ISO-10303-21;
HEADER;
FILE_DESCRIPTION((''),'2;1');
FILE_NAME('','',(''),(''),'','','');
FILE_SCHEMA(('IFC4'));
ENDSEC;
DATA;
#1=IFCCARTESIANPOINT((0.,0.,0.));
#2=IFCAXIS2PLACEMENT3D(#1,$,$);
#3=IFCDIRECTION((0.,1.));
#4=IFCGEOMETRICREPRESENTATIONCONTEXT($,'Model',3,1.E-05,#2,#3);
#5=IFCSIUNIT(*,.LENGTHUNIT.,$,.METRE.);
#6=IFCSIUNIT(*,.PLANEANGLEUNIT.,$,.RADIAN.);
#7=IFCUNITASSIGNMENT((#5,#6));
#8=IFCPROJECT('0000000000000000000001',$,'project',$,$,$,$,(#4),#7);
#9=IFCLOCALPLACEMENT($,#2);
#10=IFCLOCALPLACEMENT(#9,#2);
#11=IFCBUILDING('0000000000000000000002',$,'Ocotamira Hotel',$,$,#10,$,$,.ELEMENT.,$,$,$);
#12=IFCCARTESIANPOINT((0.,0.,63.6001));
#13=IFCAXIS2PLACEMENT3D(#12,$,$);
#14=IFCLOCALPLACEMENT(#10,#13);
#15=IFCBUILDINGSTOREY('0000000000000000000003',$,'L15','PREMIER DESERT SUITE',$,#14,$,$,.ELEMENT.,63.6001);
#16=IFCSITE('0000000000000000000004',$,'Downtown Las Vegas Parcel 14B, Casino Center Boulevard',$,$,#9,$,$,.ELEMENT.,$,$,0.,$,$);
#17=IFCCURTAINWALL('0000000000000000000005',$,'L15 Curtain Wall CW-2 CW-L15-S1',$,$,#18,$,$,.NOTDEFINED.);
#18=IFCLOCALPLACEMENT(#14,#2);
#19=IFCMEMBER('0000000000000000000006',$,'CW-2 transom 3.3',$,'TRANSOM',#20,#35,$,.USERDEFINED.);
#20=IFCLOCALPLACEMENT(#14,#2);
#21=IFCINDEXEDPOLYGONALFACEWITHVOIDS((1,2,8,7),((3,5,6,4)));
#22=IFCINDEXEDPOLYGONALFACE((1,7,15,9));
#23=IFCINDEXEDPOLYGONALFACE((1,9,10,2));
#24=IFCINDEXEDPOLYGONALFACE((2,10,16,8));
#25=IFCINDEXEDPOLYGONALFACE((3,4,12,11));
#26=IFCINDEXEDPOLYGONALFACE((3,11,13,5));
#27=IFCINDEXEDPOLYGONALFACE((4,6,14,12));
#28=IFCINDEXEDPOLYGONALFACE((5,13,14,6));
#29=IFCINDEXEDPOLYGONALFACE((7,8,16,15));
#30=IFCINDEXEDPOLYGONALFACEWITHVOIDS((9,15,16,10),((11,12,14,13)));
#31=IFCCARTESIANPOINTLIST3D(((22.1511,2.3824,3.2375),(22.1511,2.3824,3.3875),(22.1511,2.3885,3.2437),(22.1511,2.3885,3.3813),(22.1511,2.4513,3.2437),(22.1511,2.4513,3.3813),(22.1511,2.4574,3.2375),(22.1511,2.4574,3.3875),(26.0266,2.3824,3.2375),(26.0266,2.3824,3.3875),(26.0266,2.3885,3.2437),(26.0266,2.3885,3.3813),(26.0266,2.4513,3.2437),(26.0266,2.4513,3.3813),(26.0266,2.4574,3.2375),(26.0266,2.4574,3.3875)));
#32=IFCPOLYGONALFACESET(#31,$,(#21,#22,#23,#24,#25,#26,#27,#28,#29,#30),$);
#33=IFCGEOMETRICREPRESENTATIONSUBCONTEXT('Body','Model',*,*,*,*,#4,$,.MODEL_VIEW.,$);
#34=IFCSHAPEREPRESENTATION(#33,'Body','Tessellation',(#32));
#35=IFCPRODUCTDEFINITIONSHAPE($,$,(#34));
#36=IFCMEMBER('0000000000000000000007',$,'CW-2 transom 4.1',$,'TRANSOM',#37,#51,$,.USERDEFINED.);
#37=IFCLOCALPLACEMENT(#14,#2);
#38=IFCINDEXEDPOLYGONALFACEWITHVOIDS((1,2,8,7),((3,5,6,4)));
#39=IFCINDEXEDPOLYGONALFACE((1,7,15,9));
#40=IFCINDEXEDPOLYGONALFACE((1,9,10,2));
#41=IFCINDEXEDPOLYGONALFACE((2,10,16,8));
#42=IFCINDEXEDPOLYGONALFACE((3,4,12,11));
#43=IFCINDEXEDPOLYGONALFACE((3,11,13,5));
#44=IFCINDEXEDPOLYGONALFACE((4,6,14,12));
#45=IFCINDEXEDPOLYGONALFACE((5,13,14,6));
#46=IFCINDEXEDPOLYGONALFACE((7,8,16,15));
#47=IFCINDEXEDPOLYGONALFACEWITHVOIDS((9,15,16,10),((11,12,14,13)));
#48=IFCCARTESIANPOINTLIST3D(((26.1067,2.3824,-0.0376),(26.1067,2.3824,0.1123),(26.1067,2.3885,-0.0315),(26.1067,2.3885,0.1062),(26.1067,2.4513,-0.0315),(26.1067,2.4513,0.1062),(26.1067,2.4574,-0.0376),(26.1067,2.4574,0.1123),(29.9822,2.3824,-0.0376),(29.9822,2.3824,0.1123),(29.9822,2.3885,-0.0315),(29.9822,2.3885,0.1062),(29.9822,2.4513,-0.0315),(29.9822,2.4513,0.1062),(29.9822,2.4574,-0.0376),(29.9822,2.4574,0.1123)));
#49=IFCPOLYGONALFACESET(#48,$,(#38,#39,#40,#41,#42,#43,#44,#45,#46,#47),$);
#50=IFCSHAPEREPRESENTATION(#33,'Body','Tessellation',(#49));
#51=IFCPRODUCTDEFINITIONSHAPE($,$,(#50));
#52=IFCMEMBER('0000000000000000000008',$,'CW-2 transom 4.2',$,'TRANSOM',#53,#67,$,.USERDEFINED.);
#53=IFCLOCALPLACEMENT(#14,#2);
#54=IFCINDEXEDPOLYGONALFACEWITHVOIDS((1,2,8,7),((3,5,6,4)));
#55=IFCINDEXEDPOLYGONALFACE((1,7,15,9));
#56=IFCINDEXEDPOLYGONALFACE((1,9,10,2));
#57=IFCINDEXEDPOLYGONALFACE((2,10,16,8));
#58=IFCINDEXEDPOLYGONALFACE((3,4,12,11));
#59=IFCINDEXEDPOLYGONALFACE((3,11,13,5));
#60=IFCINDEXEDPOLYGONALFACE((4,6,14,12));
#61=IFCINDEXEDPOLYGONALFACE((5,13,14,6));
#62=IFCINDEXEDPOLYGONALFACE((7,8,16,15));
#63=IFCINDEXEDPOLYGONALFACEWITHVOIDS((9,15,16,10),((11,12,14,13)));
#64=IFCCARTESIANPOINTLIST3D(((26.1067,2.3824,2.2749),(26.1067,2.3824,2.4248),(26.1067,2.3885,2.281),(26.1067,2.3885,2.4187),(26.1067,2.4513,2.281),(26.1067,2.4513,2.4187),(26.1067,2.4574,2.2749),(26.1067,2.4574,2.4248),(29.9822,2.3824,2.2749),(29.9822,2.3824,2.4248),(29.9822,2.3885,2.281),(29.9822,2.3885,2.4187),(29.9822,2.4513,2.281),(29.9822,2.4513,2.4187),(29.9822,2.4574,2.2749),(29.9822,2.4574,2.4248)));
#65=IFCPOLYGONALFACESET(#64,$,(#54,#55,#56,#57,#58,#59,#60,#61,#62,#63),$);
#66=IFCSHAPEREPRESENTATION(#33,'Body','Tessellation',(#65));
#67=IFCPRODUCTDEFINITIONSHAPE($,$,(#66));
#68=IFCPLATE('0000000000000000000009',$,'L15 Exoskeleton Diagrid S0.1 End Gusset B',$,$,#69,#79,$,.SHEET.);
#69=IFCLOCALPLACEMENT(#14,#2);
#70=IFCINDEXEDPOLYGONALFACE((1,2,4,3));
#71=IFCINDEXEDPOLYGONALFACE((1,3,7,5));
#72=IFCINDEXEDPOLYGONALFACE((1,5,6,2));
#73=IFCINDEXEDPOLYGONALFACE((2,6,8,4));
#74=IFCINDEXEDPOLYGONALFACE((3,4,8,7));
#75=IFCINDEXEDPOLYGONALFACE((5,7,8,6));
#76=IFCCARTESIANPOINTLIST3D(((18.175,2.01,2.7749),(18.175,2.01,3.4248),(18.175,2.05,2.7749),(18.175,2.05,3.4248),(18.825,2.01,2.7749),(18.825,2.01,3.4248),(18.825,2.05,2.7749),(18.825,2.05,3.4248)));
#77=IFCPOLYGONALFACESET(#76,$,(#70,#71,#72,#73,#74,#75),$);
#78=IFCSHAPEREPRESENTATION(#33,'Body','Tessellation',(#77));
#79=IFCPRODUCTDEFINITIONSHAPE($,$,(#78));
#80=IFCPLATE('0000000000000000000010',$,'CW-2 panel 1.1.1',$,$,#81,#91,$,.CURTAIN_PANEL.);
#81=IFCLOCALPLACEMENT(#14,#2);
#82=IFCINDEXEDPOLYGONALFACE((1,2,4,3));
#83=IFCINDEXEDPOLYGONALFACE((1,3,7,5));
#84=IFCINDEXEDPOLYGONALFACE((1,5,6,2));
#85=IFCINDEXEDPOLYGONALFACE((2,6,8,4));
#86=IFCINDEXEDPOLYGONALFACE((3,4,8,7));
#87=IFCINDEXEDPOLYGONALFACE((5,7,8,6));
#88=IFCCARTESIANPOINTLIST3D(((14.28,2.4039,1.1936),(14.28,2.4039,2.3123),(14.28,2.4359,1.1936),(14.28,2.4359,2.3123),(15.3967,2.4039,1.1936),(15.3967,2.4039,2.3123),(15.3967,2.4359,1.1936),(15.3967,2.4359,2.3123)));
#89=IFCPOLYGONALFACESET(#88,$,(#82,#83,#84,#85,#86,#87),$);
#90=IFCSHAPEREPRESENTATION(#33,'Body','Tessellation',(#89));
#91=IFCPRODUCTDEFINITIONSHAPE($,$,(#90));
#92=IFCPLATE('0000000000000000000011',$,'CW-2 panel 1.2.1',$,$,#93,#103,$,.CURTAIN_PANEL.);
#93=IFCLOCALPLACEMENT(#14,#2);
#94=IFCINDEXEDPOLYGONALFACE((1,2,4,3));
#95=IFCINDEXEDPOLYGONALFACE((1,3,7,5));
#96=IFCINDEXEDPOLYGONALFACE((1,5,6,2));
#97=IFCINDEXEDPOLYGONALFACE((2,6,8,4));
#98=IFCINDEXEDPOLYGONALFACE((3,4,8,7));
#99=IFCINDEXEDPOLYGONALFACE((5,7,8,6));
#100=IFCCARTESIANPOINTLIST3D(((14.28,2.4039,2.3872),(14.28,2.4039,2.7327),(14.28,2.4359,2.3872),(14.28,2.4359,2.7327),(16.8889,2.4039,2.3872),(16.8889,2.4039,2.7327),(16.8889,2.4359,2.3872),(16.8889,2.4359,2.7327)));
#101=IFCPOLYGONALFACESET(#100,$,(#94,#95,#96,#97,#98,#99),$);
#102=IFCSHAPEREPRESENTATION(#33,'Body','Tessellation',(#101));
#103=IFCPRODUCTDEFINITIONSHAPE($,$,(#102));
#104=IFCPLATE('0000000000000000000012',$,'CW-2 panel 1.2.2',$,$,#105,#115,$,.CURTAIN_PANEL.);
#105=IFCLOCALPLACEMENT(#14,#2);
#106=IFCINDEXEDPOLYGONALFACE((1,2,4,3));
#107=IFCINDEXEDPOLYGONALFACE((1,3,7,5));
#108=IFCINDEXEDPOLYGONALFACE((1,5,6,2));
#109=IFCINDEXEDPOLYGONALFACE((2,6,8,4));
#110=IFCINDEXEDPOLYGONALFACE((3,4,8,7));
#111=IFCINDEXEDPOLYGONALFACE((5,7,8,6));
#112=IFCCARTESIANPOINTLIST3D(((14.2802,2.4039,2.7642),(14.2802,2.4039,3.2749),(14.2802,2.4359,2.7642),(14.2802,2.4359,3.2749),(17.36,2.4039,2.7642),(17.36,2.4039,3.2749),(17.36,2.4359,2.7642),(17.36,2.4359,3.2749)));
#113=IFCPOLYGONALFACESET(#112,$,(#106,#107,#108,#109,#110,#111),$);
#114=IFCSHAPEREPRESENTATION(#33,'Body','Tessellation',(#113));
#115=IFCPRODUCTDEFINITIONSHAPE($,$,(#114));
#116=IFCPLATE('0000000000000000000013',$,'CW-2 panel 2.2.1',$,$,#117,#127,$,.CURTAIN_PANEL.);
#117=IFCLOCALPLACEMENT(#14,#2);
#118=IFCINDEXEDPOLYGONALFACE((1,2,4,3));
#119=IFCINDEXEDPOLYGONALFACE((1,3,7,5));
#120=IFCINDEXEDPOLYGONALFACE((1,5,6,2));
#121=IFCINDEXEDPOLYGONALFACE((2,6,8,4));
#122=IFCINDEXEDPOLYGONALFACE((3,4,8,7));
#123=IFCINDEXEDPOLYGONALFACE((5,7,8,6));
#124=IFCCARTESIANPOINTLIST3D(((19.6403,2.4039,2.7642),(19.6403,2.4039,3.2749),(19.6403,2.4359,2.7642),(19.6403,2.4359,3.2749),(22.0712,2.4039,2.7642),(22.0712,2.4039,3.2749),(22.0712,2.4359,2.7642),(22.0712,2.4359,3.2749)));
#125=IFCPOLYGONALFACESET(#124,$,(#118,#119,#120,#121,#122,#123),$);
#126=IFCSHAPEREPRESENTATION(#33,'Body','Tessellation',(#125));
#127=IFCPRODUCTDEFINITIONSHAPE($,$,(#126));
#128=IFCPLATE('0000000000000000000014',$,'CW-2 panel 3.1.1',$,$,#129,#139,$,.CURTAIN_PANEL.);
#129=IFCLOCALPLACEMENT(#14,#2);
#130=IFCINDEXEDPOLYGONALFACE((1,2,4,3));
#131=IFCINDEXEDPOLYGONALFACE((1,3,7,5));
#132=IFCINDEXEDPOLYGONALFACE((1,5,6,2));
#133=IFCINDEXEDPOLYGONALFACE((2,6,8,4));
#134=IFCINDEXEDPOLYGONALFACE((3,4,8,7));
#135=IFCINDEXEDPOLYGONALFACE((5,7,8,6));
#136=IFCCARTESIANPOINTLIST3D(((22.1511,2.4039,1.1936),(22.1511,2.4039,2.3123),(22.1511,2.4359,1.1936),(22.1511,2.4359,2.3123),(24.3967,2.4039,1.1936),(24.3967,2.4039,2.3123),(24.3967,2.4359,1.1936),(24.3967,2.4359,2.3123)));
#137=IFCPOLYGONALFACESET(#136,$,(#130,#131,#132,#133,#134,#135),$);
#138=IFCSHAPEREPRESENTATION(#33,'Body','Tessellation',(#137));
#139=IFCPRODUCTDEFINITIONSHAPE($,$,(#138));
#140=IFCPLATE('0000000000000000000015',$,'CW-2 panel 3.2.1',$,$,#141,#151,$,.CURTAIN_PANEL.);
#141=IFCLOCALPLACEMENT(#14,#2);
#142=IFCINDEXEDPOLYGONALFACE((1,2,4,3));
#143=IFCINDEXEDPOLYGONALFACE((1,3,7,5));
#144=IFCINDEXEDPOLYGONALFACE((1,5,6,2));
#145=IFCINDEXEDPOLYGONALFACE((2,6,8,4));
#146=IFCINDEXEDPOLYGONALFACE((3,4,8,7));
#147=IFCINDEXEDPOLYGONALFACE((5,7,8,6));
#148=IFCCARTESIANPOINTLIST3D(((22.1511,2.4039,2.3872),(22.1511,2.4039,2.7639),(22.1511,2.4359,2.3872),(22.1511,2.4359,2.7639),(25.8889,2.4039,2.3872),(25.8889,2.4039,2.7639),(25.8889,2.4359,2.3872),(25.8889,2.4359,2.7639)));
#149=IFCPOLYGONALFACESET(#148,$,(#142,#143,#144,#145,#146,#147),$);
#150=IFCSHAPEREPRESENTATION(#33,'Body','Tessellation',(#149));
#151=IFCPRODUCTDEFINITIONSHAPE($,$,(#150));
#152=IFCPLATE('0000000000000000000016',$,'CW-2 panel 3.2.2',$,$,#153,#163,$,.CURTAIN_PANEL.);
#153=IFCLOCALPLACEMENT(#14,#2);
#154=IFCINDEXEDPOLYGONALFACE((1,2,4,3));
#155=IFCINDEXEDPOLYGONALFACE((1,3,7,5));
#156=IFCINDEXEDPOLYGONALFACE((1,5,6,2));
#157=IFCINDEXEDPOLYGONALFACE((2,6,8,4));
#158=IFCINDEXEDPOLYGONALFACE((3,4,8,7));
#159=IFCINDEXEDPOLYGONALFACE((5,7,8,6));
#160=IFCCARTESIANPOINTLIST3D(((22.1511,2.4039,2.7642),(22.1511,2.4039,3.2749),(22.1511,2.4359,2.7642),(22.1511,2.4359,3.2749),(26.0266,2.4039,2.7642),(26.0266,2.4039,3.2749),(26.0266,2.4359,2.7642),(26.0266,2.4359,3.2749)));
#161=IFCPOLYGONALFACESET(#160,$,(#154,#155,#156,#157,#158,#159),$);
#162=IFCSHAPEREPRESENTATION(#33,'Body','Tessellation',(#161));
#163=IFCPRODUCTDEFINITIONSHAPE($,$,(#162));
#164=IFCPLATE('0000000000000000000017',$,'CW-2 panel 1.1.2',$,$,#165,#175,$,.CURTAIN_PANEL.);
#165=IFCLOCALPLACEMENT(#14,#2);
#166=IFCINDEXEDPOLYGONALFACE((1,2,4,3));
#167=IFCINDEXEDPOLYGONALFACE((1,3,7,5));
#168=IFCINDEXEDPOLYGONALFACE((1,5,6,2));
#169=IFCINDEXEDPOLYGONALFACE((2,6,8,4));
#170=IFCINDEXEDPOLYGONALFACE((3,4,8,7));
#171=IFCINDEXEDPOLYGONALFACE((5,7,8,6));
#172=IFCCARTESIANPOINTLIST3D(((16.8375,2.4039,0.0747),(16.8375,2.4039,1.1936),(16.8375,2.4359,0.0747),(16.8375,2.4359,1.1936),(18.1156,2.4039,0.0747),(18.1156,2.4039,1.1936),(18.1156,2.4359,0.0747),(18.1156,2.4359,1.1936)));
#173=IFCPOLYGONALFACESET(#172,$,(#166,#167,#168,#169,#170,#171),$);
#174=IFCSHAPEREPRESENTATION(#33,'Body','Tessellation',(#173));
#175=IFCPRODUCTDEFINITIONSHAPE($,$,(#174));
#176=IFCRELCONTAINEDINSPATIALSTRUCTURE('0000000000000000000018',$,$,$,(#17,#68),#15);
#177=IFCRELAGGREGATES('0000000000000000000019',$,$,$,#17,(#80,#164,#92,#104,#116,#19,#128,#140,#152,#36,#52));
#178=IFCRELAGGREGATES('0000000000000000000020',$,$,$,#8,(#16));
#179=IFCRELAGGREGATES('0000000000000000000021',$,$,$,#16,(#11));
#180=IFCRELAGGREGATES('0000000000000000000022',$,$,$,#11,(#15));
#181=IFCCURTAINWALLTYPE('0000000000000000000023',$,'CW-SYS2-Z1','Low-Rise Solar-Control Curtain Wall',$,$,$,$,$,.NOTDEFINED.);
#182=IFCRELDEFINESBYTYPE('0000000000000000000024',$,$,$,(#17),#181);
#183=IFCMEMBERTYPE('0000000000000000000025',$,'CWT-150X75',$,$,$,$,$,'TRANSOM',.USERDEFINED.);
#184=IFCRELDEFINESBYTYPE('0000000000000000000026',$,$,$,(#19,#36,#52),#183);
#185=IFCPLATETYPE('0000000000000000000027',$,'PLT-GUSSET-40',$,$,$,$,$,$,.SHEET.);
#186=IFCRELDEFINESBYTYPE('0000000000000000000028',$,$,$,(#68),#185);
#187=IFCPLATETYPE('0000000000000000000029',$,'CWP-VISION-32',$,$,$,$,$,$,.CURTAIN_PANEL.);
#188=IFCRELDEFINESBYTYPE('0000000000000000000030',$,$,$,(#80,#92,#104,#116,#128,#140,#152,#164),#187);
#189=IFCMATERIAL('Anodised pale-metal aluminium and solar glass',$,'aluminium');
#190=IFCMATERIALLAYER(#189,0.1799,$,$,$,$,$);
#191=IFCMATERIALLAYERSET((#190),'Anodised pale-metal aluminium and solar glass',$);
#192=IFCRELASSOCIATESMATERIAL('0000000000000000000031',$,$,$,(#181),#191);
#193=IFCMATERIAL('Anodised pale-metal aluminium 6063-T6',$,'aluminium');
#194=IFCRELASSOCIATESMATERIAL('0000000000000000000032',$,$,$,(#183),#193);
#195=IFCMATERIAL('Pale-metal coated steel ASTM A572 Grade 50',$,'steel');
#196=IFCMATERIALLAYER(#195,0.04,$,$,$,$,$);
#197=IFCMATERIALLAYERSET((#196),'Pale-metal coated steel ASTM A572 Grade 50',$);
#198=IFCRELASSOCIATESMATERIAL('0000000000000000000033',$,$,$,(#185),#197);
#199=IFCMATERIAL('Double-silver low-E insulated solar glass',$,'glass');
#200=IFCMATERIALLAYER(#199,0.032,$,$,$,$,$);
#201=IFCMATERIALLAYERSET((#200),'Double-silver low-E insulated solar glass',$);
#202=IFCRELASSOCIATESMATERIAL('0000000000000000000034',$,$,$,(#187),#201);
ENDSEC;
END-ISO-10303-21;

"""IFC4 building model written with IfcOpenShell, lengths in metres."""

from ifc_helpers import new_model, si_unit, direction, frame, origin, origin_2d, place, context, subcontext, project, spatial, rectangle, hollow_rectangle, extrude, source, transform, mapped, material, layer, layer_set, material_profile, profile_set, type_object, element, aggregate, save


model = new_model("IFC4")

# Units and contexts
model_context = context("Model", 3, precision=1e-05, world=origin(), true_north=direction((0.0, 1.0)))
body_context = subcontext(model_context, "Body", "Model", "MODEL_VIEW")
ifc_project = project(units=[si_unit("LENGTHUNIT", "METRE"), si_unit("PLANEANGLEUNIT", "RADIAN")], contexts=[model_context])

# Site, building, storey
site_placement = place(None, origin())
site = spatial("IfcSite", under=ifc_project, at=site_placement, Name="Downtown Las Vegas Parcel 14B, Casino Center Boulevard", CompositionType="ELEMENT", RefElevation=0.0)
building_placement = place(site_placement, origin())
building = spatial("IfcBuilding", under=site, at=building_placement, Name="Ocotamira Hotel", CompositionType="ELEMENT")
storey_placement = place(building_placement, frame((0.0, 0.0, 63.6001)))
storey = spatial("IfcBuildingStorey", under=building, at=storey_placement, Name="L15", Description="PREMIER DESERT SUITE", CompositionType="ELEMENT", Elevation=63.6001)

# Curtain wall, members
ifc_material_1 = material(Name="Anodised pale-metal aluminium and solar glass", Category="aluminium")
ifc_layer_1 = layer(ifc_material_1, 0.1799)
ifc_layer_set_1 = layer_set([ifc_layer_1], Name="Anodised pale-metal aluminium and solar glass")
curtain_wall_type = type_object("IfcCurtainWallType", Name="CW-SYS2-Z1", Description="Low-Rise Solar-Control Curtain Wall", PredefinedType="NOTDEFINED", material=ifc_layer_set_1)
curtain_wall_placement = place(storey_placement, origin())
curtain_wall = element("IfcCurtainWall", 1, at=curtain_wall_placement, inside=storey, type_object=curtain_wall_type, Name="L15 Curtain Wall CW-2 CW-L15-S1", PredefinedType="NOTDEFINED")
ifc_material_2 = material(Name="Anodised pale-metal aluminium 6063-T6", Category="aluminium")
ifc_material_profile_1 = material_profile(ifc_material_2, hollow_rectangle(XDim=0.075, YDim=0.1499, WallThickness=0.0061, at=origin_2d()), Name="HSS150X75X6")
ifc_profile_set_1 = profile_set([ifc_material_profile_1], Name="Anodised pale-metal aluminium 6063-T6")
member_type_1 = type_object("IfcMemberType", Name="CWT-150X75", ElementType="TRANSOM", PredefinedType="USERDEFINED", material=ifc_profile_set_1)
shared_shape_1 = source(origin(), body_context, "Body", "SweptSolid", [
    extrude(hollow_rectangle(XDim=0.075, YDim=0.1499, WallThickness=0.0061, at=origin_2d()), origin(), (0.0, 0.0, 1.0), 3.8755),
])
member_1_placement = place(storey_placement, frame((22.1511, 2.4199, 3.3125), z_axis=(1.0, 0.0, 0.0), x_axis=(0.0, 1.0, 0.0)))
member_1 = element("IfcMember", 2, at=member_1_placement, type_object=member_type_1, Name="CW-2 transom 3.3", ObjectType="TRANSOM", PredefinedType="USERDEFINED", context=body_context, shape_type="MappedRepresentation", body=[
    mapped(shared_shape_1, transform((0.0, 0.0, 0.0), scale=1.0)),
])
member_2_placement = place(storey_placement, frame((26.1067, 2.4199, 0.0374), z_axis=(1.0, 0.0, 0.0), x_axis=(0.0, 1.0, 0.0)))
member_2 = element("IfcMember", 3, at=member_2_placement, type_object=member_type_1, Name="CW-2 transom 4.1", ObjectType="TRANSOM", PredefinedType="USERDEFINED", context=body_context, shape_type="MappedRepresentation", body=[
    mapped(shared_shape_1, transform((0.0, 0.0, 0.0), scale=1.0)),
])
member_3_placement = place(storey_placement, frame((26.1067, 2.4199, 2.3499), z_axis=(1.0, 0.0, 0.0), x_axis=(0.0, 1.0, 0.0)))
member_3 = element("IfcMember", 4, at=member_3_placement, type_object=member_type_1, Name="CW-2 transom 4.2", ObjectType="TRANSOM", PredefinedType="USERDEFINED", context=body_context, shape_type="MappedRepresentation", body=[
    mapped(shared_shape_1, transform((0.0, 0.0, 0.0), scale=1.0)),
])

# Plates
ifc_material_3 = material(Name="Pale-metal coated steel ASTM A572 Grade 50", Category="steel")
ifc_layer_2 = layer(ifc_material_3, 0.04)
ifc_layer_set_2 = layer_set([ifc_layer_2], Name="Pale-metal coated steel ASTM A572 Grade 50")
plate_type_1 = type_object("IfcPlateType", Name="PLT-GUSSET-40", PredefinedType="SHEET", material=ifc_layer_set_2)
shared_shape_2 = source(origin(), body_context, "Body", "SweptSolid", [
    extrude(rectangle(XDim=0.6499, YDim=0.04, at=origin_2d()), origin(), (0.0, 0.0, 1.0), 0.6499),
])
plate_1_placement = place(storey_placement, frame((18.5, 2.03, 2.7749), z_axis=(0.0, 0.0, 1.0), x_axis=(1.0, 0.0, 0.0)))
element("IfcPlate", 5, at=plate_1_placement, inside=storey, type_object=plate_type_1, Name="L15 Exoskeleton Diagrid S0.1 End Gusset B", PredefinedType="SHEET", context=body_context, shape_type="MappedRepresentation", body=[
    mapped(shared_shape_2, transform((0.0, 0.0, 0.0), scale=1.0)),
])
ifc_material_4 = material(Name="Double-silver low-E insulated solar glass", Category="glass")
ifc_layer_3 = layer(ifc_material_4, 0.032)
ifc_layer_set_3 = layer_set([ifc_layer_3], Name="Double-silver low-E insulated solar glass")
plate_type_2 = type_object("IfcPlateType", Name="CWP-VISION-32", PredefinedType="CURTAIN_PANEL", material=ifc_layer_set_3)
shared_shape_3 = source(origin(), body_context, "Body", "SweptSolid", [
    extrude(rectangle(XDim=1.1167, YDim=0.032, at=origin_2d()), origin(), (0.0, 0.0, 1.0), 1.1187),
])
plate_2_placement = place(storey_placement, frame((14.8384, 2.4199, 1.1936), z_axis=(0.0, 0.0, 1.0), x_axis=(1.0, 0.0, 0.0)))
plate_2 = element("IfcPlate", 6, at=plate_2_placement, type_object=plate_type_2, Name="CW-2 panel 1.1.1", PredefinedType="CURTAIN_PANEL", context=body_context, shape_type="MappedRepresentation", body=[
    mapped(shared_shape_3, transform((0.0, 0.0, 0.0), scale=1.0)),
])
shared_shape_4 = source(origin(), body_context, "Body", "SweptSolid", [
    extrude(rectangle(XDim=2.6089, YDim=0.032, at=origin_2d()), origin(), (0.0, 0.0, 1.0), 0.3455),
])
plate_3_placement = place(storey_placement, frame((15.5845, 2.4199, 2.3872), z_axis=(0.0, 0.0, 1.0), x_axis=(1.0, 0.0, 0.0)))
plate_3 = element("IfcPlate", 7, at=plate_3_placement, type_object=plate_type_2, Name="CW-2 panel 1.2.1", PredefinedType="CURTAIN_PANEL", context=body_context, shape_type="MappedRepresentation", body=[
    mapped(shared_shape_4, transform((0.0, 0.0, 0.0), scale=1.0)),
])
shared_shape_5 = source(origin(), body_context, "Body", "SweptSolid", [
    extrude(rectangle(XDim=3.0798, YDim=0.032, at=origin_2d()), origin(), (0.0, 0.0, 1.0), 0.5107),
])
plate_4_placement = place(storey_placement, frame((15.8201, 2.4199, 2.7642), z_axis=(0.0, 0.0, 1.0), x_axis=(1.0, 0.0, 0.0)))
plate_4 = element("IfcPlate", 8, at=plate_4_placement, type_object=plate_type_2, Name="CW-2 panel 1.2.2", PredefinedType="CURTAIN_PANEL", context=body_context, shape_type="MappedRepresentation", body=[
    mapped(shared_shape_5, transform((0.0, 0.0, 0.0), scale=1.0)),
])
shared_shape_6 = source(origin(), body_context, "Body", "SweptSolid", [
    extrude(rectangle(XDim=2.4309, YDim=0.032, at=origin_2d()), origin(), (0.0, 0.0, 1.0), 0.5107),
])
plate_5_placement = place(storey_placement, frame((20.8557, 2.4199, 2.7642), z_axis=(0.0, 0.0, 1.0), x_axis=(1.0, 0.0, 0.0)))
plate_5 = element("IfcPlate", 9, at=plate_5_placement, type_object=plate_type_2, Name="CW-2 panel 2.2.1", PredefinedType="CURTAIN_PANEL", context=body_context, shape_type="MappedRepresentation", body=[
    mapped(shared_shape_6, transform((0.0, 0.0, 0.0), scale=1.0)),
])
shared_shape_7 = source(origin(), body_context, "Body", "SweptSolid", [
    extrude(rectangle(XDim=2.2456, YDim=0.032, at=origin_2d()), origin(), (0.0, 0.0, 1.0), 1.1187),
])
plate_6_placement = place(storey_placement, frame((23.2739, 2.4199, 1.1936), z_axis=(0.0, 0.0, 1.0), x_axis=(1.0, 0.0, 0.0)))
plate_6 = element("IfcPlate", 10, at=plate_6_placement, type_object=plate_type_2, Name="CW-2 panel 3.1.1", PredefinedType="CURTAIN_PANEL", context=body_context, shape_type="MappedRepresentation", body=[
    mapped(shared_shape_7, transform((0.0, 0.0, 0.0), scale=1.0)),
])
shared_shape_8 = source(origin(), body_context, "Body", "SweptSolid", [
    extrude(rectangle(XDim=3.7378, YDim=0.032, at=origin_2d()), origin(), (0.0, 0.0, 1.0), 0.3767),
])
plate_7_placement = place(storey_placement, frame((24.02, 2.4199, 2.3872), z_axis=(0.0, 0.0, 1.0), x_axis=(1.0, 0.0, 0.0)))
plate_7 = element("IfcPlate", 11, at=plate_7_placement, type_object=plate_type_2, Name="CW-2 panel 3.2.1", PredefinedType="CURTAIN_PANEL", context=body_context, shape_type="MappedRepresentation", body=[
    mapped(shared_shape_8, transform((0.0, 0.0, 0.0), scale=1.0)),
])
shared_shape_9 = source(origin(), body_context, "Body", "SweptSolid", [
    extrude(rectangle(XDim=3.8755, YDim=0.032, at=origin_2d()), origin(), (0.0, 0.0, 1.0), 0.5107),
])
plate_8_placement = place(storey_placement, frame((24.0889, 2.4199, 2.7642), z_axis=(0.0, 0.0, 1.0), x_axis=(1.0, 0.0, 0.0)))
plate_8 = element("IfcPlate", 12, at=plate_8_placement, type_object=plate_type_2, Name="CW-2 panel 3.2.2", PredefinedType="CURTAIN_PANEL", context=body_context, shape_type="MappedRepresentation", body=[
    mapped(shared_shape_9, transform((0.0, 0.0, 0.0), scale=1.0)),
])
shared_shape_10 = source(origin(), body_context, "Body", "SweptSolid", [
    extrude(rectangle(XDim=1.2781, YDim=0.032, at=origin_2d()), origin(), (0.0, 0.0, 1.0), 1.1189),
])
plate_9_placement = place(storey_placement, frame((17.4766, 2.4199, 0.0747), z_axis=(0.0, 0.0, 1.0), x_axis=(1.0, 0.0, 0.0)))
plate_9 = element("IfcPlate", 13, at=plate_9_placement, type_object=plate_type_2, Name="CW-2 panel 1.1.2", PredefinedType="CURTAIN_PANEL", context=body_context, shape_type="MappedRepresentation", body=[
    mapped(shared_shape_10, transform((0.0, 0.0, 0.0), scale=1.0)),
])
aggregate(curtain_wall, [plate_2, plate_9, plate_3, plate_4, plate_5, member_1, plate_6, plate_7, plate_8, member_2, member_3])

save(model, "model.ifc")
